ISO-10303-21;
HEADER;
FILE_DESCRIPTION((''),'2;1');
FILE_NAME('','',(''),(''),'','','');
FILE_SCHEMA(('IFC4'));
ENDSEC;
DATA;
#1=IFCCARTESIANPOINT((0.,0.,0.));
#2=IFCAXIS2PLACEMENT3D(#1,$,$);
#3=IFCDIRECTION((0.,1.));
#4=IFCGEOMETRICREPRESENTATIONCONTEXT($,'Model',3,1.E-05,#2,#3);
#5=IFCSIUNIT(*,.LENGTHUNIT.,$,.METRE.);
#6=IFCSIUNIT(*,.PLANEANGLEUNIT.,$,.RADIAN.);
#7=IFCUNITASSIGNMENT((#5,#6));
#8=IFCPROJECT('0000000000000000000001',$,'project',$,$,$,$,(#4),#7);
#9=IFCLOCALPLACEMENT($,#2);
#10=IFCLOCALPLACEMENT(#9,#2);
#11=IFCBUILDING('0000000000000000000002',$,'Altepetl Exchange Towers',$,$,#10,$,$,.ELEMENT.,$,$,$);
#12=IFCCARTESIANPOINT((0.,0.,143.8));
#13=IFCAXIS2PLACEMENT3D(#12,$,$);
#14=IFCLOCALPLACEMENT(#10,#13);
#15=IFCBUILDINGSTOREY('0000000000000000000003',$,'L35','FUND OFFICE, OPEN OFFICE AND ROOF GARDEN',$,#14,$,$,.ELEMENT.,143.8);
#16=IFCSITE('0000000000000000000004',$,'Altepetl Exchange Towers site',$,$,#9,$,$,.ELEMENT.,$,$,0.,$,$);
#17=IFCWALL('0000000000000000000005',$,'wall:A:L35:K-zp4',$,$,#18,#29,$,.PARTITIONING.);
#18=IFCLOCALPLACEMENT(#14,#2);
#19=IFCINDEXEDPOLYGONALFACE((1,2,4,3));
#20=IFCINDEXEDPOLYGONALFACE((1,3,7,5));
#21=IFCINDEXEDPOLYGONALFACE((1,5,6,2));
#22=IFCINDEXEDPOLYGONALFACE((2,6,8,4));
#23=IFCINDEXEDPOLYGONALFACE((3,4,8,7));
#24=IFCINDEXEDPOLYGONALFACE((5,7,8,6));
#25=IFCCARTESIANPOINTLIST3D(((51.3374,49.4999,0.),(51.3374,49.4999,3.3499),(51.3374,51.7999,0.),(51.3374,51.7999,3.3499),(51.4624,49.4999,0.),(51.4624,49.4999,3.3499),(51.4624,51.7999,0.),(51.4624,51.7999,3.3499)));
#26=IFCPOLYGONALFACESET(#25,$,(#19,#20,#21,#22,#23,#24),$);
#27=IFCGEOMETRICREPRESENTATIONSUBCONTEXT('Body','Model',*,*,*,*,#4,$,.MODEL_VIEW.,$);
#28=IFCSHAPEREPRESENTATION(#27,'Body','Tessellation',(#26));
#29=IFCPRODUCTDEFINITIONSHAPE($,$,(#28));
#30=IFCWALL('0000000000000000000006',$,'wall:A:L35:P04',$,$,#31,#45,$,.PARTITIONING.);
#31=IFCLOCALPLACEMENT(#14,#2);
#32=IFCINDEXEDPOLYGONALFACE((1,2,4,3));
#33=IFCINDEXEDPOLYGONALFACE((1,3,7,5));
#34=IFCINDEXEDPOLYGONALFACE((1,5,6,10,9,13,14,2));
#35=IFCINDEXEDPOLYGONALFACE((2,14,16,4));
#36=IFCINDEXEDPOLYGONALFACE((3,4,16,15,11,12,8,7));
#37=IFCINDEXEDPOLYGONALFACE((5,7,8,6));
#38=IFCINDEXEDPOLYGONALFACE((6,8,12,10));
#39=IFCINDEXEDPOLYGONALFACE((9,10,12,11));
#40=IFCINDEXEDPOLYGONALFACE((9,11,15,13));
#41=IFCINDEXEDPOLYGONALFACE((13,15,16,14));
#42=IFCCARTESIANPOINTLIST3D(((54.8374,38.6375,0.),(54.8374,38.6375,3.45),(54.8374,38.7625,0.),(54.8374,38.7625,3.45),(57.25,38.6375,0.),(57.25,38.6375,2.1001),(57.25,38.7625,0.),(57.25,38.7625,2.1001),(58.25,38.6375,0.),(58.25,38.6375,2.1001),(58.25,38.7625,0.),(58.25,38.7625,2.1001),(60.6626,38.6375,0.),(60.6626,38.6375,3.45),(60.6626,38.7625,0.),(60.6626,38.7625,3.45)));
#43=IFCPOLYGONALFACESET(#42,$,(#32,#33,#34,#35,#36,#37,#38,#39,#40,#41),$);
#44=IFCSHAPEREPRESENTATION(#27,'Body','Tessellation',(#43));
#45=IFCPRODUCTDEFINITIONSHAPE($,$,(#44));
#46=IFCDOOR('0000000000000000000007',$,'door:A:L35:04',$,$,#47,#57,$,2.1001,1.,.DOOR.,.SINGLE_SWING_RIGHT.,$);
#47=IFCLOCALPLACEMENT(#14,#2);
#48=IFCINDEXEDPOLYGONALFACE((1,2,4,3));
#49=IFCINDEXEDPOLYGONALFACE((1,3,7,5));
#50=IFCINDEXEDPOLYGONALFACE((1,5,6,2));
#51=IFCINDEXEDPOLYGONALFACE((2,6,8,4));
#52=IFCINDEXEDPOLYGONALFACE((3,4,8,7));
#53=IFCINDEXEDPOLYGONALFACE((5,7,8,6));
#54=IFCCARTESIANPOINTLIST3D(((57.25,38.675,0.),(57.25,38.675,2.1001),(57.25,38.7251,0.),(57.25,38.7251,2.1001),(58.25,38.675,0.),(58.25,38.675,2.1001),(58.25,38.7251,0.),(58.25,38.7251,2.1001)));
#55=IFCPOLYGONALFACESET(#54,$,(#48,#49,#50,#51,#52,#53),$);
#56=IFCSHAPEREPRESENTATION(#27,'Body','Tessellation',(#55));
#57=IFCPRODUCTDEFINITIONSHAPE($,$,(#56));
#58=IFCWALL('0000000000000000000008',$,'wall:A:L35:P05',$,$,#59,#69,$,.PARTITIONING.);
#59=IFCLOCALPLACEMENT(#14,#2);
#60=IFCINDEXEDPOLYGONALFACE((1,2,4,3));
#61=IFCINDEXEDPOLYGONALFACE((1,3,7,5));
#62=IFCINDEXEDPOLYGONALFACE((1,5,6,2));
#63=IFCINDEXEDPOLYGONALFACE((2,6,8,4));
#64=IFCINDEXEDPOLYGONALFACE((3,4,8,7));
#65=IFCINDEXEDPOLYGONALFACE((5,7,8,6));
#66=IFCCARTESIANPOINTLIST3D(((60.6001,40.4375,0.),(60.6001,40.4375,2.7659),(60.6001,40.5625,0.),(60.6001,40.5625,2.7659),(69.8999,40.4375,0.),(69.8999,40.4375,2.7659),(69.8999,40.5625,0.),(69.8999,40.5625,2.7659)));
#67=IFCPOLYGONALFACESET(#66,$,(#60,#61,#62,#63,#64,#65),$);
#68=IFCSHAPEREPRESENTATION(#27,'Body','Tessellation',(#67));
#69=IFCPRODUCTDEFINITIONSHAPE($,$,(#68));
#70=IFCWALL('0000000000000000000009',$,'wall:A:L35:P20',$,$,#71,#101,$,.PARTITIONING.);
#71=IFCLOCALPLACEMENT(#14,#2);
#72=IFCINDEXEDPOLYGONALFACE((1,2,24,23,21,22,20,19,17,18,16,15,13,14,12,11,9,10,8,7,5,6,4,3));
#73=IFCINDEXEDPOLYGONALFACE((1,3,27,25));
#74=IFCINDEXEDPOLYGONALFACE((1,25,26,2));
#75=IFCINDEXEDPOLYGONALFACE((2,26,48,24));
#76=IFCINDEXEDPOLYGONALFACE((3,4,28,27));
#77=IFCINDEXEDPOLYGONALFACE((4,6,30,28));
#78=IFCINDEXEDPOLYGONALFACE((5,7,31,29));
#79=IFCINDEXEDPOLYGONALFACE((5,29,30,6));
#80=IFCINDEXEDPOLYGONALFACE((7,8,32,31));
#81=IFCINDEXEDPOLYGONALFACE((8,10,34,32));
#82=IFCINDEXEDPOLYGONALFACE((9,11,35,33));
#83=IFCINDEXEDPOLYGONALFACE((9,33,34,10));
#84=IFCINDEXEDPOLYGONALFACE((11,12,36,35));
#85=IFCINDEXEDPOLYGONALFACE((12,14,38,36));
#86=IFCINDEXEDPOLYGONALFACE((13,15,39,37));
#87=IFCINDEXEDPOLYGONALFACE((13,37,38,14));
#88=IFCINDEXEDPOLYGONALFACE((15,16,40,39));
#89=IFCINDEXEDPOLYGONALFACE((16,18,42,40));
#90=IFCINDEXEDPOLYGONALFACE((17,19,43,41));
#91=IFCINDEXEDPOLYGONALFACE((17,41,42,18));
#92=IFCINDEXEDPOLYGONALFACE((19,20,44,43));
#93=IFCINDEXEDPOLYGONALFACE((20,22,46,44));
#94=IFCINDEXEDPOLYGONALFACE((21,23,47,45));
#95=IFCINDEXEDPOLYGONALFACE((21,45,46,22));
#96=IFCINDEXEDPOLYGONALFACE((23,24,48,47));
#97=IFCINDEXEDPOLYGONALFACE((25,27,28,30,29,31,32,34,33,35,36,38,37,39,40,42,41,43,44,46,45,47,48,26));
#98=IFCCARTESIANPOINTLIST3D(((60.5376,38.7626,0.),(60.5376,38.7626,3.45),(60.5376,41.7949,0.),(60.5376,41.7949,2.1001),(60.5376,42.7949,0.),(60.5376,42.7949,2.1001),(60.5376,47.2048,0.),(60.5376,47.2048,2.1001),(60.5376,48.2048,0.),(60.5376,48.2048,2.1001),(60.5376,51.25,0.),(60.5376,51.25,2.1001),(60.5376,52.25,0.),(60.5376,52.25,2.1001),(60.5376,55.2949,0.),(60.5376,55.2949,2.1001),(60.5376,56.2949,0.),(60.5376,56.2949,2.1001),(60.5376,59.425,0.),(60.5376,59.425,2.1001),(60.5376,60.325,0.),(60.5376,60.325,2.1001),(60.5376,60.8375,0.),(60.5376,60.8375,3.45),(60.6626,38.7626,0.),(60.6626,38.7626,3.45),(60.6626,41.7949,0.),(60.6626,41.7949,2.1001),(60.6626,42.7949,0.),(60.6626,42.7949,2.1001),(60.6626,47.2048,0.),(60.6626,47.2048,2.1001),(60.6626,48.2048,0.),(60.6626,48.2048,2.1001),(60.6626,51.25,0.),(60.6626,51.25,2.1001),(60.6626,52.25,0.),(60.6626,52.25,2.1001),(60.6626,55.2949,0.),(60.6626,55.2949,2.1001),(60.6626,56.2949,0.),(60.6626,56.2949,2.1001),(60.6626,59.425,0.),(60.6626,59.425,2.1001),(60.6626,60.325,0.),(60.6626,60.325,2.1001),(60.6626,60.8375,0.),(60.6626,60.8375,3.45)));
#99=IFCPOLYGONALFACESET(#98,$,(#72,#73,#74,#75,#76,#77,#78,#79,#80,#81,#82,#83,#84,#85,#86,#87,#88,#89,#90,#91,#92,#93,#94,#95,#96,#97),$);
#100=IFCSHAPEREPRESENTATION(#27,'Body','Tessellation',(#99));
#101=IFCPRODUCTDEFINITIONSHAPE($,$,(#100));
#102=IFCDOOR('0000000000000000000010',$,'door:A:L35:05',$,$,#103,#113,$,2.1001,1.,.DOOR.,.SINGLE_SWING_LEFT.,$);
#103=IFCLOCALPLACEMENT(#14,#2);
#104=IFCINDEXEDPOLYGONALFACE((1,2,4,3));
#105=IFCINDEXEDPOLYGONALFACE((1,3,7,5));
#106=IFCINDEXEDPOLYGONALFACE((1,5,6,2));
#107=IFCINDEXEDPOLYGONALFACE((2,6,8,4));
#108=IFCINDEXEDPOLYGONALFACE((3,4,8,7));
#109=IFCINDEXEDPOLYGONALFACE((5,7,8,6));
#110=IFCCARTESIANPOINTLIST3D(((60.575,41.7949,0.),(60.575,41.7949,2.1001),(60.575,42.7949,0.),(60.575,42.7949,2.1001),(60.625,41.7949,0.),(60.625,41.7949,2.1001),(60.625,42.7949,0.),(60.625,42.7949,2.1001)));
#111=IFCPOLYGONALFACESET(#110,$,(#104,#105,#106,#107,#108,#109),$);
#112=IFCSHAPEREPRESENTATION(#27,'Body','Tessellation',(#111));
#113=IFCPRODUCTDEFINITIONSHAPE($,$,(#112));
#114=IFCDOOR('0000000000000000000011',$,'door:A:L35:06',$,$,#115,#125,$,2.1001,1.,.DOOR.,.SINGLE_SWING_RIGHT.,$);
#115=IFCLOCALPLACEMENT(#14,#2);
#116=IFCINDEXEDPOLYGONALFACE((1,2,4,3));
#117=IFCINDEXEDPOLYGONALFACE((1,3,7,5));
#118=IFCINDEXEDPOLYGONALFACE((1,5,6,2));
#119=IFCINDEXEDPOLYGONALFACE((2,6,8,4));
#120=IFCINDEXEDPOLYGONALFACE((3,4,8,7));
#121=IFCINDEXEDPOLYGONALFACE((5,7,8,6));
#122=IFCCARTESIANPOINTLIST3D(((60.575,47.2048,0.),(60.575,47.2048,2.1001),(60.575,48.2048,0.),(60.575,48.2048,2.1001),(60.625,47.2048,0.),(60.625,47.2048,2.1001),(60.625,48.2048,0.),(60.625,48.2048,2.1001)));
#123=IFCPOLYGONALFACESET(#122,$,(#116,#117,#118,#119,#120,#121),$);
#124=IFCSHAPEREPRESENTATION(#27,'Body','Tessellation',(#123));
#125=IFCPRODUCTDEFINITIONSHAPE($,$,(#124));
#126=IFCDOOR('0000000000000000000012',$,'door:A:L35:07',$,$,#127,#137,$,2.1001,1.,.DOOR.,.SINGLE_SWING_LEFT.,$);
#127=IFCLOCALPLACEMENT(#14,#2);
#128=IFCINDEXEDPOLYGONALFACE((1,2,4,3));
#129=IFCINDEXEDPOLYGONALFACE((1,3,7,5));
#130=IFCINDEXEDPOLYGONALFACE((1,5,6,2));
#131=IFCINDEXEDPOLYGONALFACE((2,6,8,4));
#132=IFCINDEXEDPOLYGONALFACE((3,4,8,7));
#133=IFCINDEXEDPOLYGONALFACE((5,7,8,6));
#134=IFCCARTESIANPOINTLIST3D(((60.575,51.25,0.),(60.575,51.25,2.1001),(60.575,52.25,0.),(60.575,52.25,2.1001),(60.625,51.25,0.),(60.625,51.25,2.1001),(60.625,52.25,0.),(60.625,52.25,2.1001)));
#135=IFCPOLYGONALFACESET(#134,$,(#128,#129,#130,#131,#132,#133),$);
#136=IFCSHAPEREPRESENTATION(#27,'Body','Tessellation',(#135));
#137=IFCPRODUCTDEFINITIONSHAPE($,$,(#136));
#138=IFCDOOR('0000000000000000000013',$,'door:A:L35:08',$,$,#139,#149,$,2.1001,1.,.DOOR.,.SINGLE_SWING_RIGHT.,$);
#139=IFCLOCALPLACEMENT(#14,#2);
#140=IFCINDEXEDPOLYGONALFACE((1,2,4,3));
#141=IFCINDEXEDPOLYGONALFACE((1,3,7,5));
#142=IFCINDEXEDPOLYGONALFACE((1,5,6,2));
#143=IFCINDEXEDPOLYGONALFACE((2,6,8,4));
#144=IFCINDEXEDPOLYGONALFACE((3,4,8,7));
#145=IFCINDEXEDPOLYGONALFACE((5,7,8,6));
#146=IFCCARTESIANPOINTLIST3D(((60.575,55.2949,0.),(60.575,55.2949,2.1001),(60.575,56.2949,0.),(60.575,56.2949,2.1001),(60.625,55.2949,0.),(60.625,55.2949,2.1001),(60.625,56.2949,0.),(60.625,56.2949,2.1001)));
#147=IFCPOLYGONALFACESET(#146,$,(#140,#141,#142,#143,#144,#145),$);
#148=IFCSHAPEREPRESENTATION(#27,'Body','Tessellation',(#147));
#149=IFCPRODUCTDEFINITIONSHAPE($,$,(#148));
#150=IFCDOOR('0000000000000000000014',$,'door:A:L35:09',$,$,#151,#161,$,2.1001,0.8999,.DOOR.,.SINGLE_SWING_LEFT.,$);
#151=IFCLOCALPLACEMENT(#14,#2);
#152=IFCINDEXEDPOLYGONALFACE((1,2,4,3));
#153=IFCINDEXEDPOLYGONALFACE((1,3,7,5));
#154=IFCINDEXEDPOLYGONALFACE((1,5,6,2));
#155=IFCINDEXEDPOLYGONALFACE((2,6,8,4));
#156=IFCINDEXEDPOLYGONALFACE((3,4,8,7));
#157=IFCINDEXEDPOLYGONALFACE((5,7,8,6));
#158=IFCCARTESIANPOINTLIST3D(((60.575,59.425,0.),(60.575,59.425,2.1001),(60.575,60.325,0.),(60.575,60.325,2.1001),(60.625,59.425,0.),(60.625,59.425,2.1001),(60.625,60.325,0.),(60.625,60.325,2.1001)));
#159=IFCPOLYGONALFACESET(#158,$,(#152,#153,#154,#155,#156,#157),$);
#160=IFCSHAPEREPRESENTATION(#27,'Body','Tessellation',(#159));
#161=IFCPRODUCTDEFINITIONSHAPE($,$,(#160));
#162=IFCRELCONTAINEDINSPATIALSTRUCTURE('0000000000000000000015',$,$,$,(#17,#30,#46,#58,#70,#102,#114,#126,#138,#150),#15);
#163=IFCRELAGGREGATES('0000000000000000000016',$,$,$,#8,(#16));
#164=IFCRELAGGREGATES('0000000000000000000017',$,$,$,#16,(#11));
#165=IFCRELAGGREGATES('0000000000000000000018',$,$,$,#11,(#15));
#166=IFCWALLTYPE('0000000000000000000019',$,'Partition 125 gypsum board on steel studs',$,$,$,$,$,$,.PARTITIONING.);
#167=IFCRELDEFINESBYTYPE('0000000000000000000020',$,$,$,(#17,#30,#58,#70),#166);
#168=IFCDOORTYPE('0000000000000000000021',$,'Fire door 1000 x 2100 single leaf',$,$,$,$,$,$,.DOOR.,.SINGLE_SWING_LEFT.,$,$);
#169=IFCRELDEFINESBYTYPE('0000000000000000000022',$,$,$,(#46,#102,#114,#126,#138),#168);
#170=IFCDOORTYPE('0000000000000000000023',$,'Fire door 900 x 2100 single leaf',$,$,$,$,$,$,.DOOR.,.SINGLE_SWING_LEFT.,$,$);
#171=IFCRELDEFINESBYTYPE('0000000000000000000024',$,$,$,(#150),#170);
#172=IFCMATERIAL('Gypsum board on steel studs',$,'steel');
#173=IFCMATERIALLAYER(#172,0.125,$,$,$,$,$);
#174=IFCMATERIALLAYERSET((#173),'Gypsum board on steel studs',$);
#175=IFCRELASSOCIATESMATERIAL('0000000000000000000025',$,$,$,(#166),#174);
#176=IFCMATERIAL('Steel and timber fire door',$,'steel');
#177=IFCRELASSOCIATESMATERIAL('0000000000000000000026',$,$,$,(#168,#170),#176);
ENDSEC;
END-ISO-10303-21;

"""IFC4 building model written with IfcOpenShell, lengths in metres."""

from ifc_helpers import new_model, si_unit, direction, frame, frame_2d, origin, place, context, subcontext, project, spatial, rectangle, extrude, material, layer, layer_set, type_object, element, fill, save


model = new_model("IFC4")

# Units and contexts
model_context = context("Model", 3, precision=1e-05, world=origin(), true_north=direction((0.0, 1.0)))
body_context = subcontext(model_context, "Body", "Model", "MODEL_VIEW")
ifc_project = project(units=[si_unit("LENGTHUNIT", "METRE"), si_unit("PLANEANGLEUNIT", "RADIAN")], contexts=[model_context])

# Site, building, storey
site_placement = place(None, origin())
site = spatial("IfcSite", under=ifc_project, at=site_placement, Name="Altepetl Exchange Towers site", CompositionType="ELEMENT", RefElevation=0.0)
building_placement = place(site_placement, origin())
building = spatial("IfcBuilding", under=site, at=building_placement, Name="Altepetl Exchange Towers", CompositionType="ELEMENT")
storey_placement = place(building_placement, frame((0.0, 0.0, 143.8)))
storey = spatial("IfcBuildingStorey", under=building, at=storey_placement, Name="L35", Description="FUND OFFICE, OPEN OFFICE AND ROOF GARDEN", CompositionType="ELEMENT", Elevation=143.8)

# Shared definitions
ifc_material_1 = material(Name="Steel and timber fire door", Category="steel")

# Wall
ifc_material_2 = material(Name="Gypsum board on steel studs", Category="steel")
ifc_layer_1 = layer(ifc_material_2, 0.125)
ifc_layer_set_1 = layer_set([ifc_layer_1], Name="Gypsum board on steel studs")
wall_type_1 = type_object("IfcWallType", Name="Partition 125 gypsum board on steel studs", PredefinedType="PARTITIONING", material=ifc_layer_set_1)
wall_1_placement = place(storey_placement, frame((51.3999, 49.5, 0.0), z_axis=(0.0, 0.0, 1.0), x_axis=(0.0, 1.0, 0.0)))
element("IfcWall", 1, at=wall_1_placement, inside=storey, type_object=wall_type_1, Name="wall:A:L35:K-zp4", PredefinedType="PARTITIONING", context=body_context, shape_type="SweptSolid", body=[
    extrude(rectangle(XDim=2.3, YDim=0.125, at=frame_2d((1.1499, 0.0))), origin(), (0.0, 0.0, 1.0), 3.3499),
])

# Wall, opening, door
wall_2_placement = place(storey_placement, frame((54.8374, 38.7, 0.0)))
wall_2 = element("IfcWall", 2, at=wall_2_placement, inside=storey, type_object=wall_type_1, Name="wall:A:L35:P04", PredefinedType="PARTITIONING", context=body_context, shape_type="SweptSolid", body=[
    extrude(rectangle(XDim=5.8252, YDim=0.125, at=frame_2d((2.9126, 0.0))), origin(), (0.0, 0.0, 1.0), 3.45),
])
opening_1_placement = place(wall_2_placement, frame((2.4126, 0.0, 0.0)))
opening_1 = element("IfcOpeningElement", 3, at=opening_1_placement, cuts=wall_2, PredefinedType="OPENING", context=body_context, shape_type="SweptSolid", body=[
    extrude(rectangle(XDim=1.0, YDim=2.1001, at=frame_2d((0.5, 1.05))), frame((0.0, 0.0725, 0.0), z_axis=(0.0, -1.0, 0.0), x_axis=(1.0, 0.0, 0.0)), (0.0, 0.0, 1.0), 0.145),
])
door_type_1 = type_object("IfcDoorType", Name="Fire door 1000 x 2100 single leaf", OperationType="SINGLE_SWING_LEFT", PredefinedType="DOOR", material=ifc_material_1)
door_1_placement = place(opening_1_placement, frame((1.0, 0.0, 0.0), x_axis=(-1.0, 0.0, 0.0)))
door_1 = element("IfcDoor", 4, at=door_1_placement, inside=storey, type_object=door_type_1, Name="door:A:L35:04", OperationType="SINGLE_SWING_RIGHT", OverallHeight=2.1001, OverallWidth=1.0, PredefinedType="DOOR", context=body_context, shape_type="SweptSolid", body=[
    extrude(rectangle(XDim=1.0, YDim=2.1001, at=frame_2d((0.5, 1.05))), frame((0.0, 0.0249, 0.0), z_axis=(0.0, -1.0, 0.0), x_axis=(1.0, 0.0, 0.0)), (0.0, 0.0, 1.0), 0.05),
])
fill(opening_1, door_1)

# Wall
wall_3_placement = place(storey_placement, frame((60.6001, 40.5, 0.0)))
element("IfcWall", 5, at=wall_3_placement, inside=storey, type_object=wall_type_1, Name="wall:A:L35:P05", PredefinedType="PARTITIONING", context=body_context, shape_type="SweptSolid", body=[
    extrude(rectangle(XDim=9.2998, YDim=0.125, at=frame_2d((4.6499, 0.0))), origin(), (0.0, 0.0, 1.0), 2.7659),
])

# Wall, openings, doors
wall_4_placement = place(storey_placement, frame((60.6001, 38.7625, 0.0), z_axis=(0.0, 0.0, 1.0), x_axis=(0.0, 1.0, 0.0)))
wall_4 = element("IfcWall", 6, at=wall_4_placement, inside=storey, type_object=wall_type_1, Name="wall:A:L35:P20", PredefinedType="PARTITIONING", context=body_context, shape_type="SweptSolid", body=[
    extrude(rectangle(XDim=22.075, YDim=0.125, at=frame_2d((11.0376, 0.0))), origin(), (0.0, 0.0, 1.0), 3.45),
])
opening_2_placement = place(wall_4_placement, frame((3.0325, 0.0, 0.0)))
opening_2 = element("IfcOpeningElement", 7, at=opening_2_placement, cuts=wall_4, PredefinedType="OPENING", context=body_context, shape_type="SweptSolid", body=[
    extrude(rectangle(XDim=1.0, YDim=2.1001, at=frame_2d((0.5, 1.05))), frame((0.0, 0.0725, 0.0), z_axis=(0.0, -1.0, 0.0), x_axis=(1.0, 0.0, 0.0)), (0.0, 0.0, 1.0), 0.145),
])
opening_3_placement = place(wall_4_placement, frame((8.4424, 0.0, 0.0)))
opening_3 = element("IfcOpeningElement", 8, at=opening_3_placement, cuts=wall_4, PredefinedType="OPENING", context=body_context, shape_type="SweptSolid", body=[
    extrude(rectangle(XDim=1.0, YDim=2.1001, at=frame_2d((0.5, 1.05))), frame((0.0, 0.0725, 0.0), z_axis=(0.0, -1.0, 0.0), x_axis=(1.0, 0.0, 0.0)), (0.0, 0.0, 1.0), 0.145),
])
opening_4_placement = place(wall_4_placement, frame((12.4875, 0.0, 0.0)))
opening_4 = element("IfcOpeningElement", 9, at=opening_4_placement, cuts=wall_4, PredefinedType="OPENING", context=body_context, shape_type="SweptSolid", body=[
    extrude(rectangle(XDim=1.0, YDim=2.1001, at=frame_2d((0.5, 1.05))), frame((0.0, 0.0725, 0.0), z_axis=(0.0, -1.0, 0.0), x_axis=(1.0, 0.0, 0.0)), (0.0, 0.0, 1.0), 0.145),
])
opening_5_placement = place(wall_4_placement, frame((16.5325, 0.0, 0.0)))
opening_5 = element("IfcOpeningElement", 10, at=opening_5_placement, cuts=wall_4, PredefinedType="OPENING", context=body_context, shape_type="SweptSolid", body=[
    extrude(rectangle(XDim=1.0, YDim=2.1001, at=frame_2d((0.5, 1.05))), frame((0.0, 0.0725, 0.0), z_axis=(0.0, -1.0, 0.0), x_axis=(1.0, 0.0, 0.0)), (0.0, 0.0, 1.0), 0.145),
])
opening_6_placement = place(wall_4_placement, frame((20.6626, 0.0, 0.0)))
opening_6 = element("IfcOpeningElement", 11, at=opening_6_placement, cuts=wall_4, PredefinedType="OPENING", context=body_context, shape_type="SweptSolid", body=[
    extrude(rectangle(XDim=0.8999, YDim=2.1001, at=frame_2d((0.45, 1.05))), frame((0.0, 0.0725, 0.0), z_axis=(0.0, -1.0, 0.0), x_axis=(1.0, 0.0, 0.0)), (0.0, 0.0, 1.0), 0.145),
])
door_2_placement = place(opening_2_placement, frame((1.0, 0.0, 0.0), x_axis=(-1.0, 0.0, 0.0)))
door_2 = element("IfcDoor", 12, at=door_2_placement, inside=storey, type_object=door_type_1, Name="door:A:L35:05", OperationType="SINGLE_SWING_LEFT", OverallHeight=2.1001, OverallWidth=1.0, PredefinedType="DOOR", context=body_context, shape_type="SweptSolid", body=[
    extrude(rectangle(XDim=1.0, YDim=2.1001, at=frame_2d((0.5, 1.05))), frame((0.0, 0.0249, 0.0), z_axis=(0.0, -1.0, 0.0), x_axis=(1.0, 0.0, 0.0)), (0.0, 0.0, 1.0), 0.05),
])
fill(opening_2, door_2)
door_3_placement = place(opening_3_placement, frame((1.0, 0.0, 0.0), x_axis=(-1.0, 0.0, 0.0)))
door_3 = element("IfcDoor", 13, at=door_3_placement, inside=storey, type_object=door_type_1, Name="door:A:L35:06", OperationType="SINGLE_SWING_RIGHT", OverallHeight=2.1001, OverallWidth=1.0, PredefinedType="DOOR", context=body_context, shape_type="SweptSolid", body=[
    extrude(rectangle(XDim=1.0, YDim=2.1001, at=frame_2d((0.5, 1.05))), frame((0.0, 0.0249, 0.0), z_axis=(0.0, -1.0, 0.0), x_axis=(1.0, 0.0, 0.0)), (0.0, 0.0, 1.0), 0.05),
])
fill(opening_3, door_3)
door_4_placement = place(opening_4_placement, frame((1.0, 0.0, 0.0), x_axis=(-1.0, 0.0, 0.0)))
door_4 = element("IfcDoor", 14, at=door_4_placement, inside=storey, type_object=door_type_1, Name="door:A:L35:07", OperationType="SINGLE_SWING_LEFT", OverallHeight=2.1001, OverallWidth=1.0, PredefinedType="DOOR", context=body_context, shape_type="SweptSolid", body=[
    extrude(rectangle(XDim=1.0, YDim=2.1001, at=frame_2d((0.5, 1.05))), frame((0.0, 0.0249, 0.0), z_axis=(0.0, -1.0, 0.0), x_axis=(1.0, 0.0, 0.0)), (0.0, 0.0, 1.0), 0.05),
])
fill(opening_4, door_4)
door_5_placement = place(opening_5_placement, frame((1.0, 0.0, 0.0), x_axis=(-1.0, 0.0, 0.0)))
door_5 = element("IfcDoor", 15, at=door_5_placement, inside=storey, type_object=door_type_1, Name="door:A:L35:08", OperationType="SINGLE_SWING_RIGHT", OverallHeight=2.1001, OverallWidth=1.0, PredefinedType="DOOR", context=body_context, shape_type="SweptSolid", body=[
    extrude(rectangle(XDim=1.0, YDim=2.1001, at=frame_2d((0.5, 1.05))), frame((0.0, 0.0249, 0.0), z_axis=(0.0, -1.0, 0.0), x_axis=(1.0, 0.0, 0.0)), (0.0, 0.0, 1.0), 0.05),
])
fill(opening_5, door_5)
door_type_2 = type_object("IfcDoorType", Name="Fire door 900 x 2100 single leaf", OperationType="SINGLE_SWING_LEFT", PredefinedType="DOOR", material=ifc_material_1)
door_6_placement = place(opening_6_placement, frame((0.8999, 0.0, 0.0), x_axis=(-1.0, 0.0, 0.0)))
door_6 = element("IfcDoor", 16, at=door_6_placement, inside=storey, type_object=door_type_2, Name="door:A:L35:09", OperationType="SINGLE_SWING_LEFT", OverallHeight=2.1001, OverallWidth=0.8999, PredefinedType="DOOR", context=body_context, shape_type="SweptSolid", body=[
    extrude(rectangle(XDim=0.8999, YDim=2.1001, at=frame_2d((0.45, 1.05))), frame((0.0, 0.0249, 0.0), z_axis=(0.0, -1.0, 0.0), x_axis=(1.0, 0.0, 0.0)), (0.0, 0.0, 1.0), 0.05),
])
fill(opening_6, door_6)

save(model, "model.ifc")
